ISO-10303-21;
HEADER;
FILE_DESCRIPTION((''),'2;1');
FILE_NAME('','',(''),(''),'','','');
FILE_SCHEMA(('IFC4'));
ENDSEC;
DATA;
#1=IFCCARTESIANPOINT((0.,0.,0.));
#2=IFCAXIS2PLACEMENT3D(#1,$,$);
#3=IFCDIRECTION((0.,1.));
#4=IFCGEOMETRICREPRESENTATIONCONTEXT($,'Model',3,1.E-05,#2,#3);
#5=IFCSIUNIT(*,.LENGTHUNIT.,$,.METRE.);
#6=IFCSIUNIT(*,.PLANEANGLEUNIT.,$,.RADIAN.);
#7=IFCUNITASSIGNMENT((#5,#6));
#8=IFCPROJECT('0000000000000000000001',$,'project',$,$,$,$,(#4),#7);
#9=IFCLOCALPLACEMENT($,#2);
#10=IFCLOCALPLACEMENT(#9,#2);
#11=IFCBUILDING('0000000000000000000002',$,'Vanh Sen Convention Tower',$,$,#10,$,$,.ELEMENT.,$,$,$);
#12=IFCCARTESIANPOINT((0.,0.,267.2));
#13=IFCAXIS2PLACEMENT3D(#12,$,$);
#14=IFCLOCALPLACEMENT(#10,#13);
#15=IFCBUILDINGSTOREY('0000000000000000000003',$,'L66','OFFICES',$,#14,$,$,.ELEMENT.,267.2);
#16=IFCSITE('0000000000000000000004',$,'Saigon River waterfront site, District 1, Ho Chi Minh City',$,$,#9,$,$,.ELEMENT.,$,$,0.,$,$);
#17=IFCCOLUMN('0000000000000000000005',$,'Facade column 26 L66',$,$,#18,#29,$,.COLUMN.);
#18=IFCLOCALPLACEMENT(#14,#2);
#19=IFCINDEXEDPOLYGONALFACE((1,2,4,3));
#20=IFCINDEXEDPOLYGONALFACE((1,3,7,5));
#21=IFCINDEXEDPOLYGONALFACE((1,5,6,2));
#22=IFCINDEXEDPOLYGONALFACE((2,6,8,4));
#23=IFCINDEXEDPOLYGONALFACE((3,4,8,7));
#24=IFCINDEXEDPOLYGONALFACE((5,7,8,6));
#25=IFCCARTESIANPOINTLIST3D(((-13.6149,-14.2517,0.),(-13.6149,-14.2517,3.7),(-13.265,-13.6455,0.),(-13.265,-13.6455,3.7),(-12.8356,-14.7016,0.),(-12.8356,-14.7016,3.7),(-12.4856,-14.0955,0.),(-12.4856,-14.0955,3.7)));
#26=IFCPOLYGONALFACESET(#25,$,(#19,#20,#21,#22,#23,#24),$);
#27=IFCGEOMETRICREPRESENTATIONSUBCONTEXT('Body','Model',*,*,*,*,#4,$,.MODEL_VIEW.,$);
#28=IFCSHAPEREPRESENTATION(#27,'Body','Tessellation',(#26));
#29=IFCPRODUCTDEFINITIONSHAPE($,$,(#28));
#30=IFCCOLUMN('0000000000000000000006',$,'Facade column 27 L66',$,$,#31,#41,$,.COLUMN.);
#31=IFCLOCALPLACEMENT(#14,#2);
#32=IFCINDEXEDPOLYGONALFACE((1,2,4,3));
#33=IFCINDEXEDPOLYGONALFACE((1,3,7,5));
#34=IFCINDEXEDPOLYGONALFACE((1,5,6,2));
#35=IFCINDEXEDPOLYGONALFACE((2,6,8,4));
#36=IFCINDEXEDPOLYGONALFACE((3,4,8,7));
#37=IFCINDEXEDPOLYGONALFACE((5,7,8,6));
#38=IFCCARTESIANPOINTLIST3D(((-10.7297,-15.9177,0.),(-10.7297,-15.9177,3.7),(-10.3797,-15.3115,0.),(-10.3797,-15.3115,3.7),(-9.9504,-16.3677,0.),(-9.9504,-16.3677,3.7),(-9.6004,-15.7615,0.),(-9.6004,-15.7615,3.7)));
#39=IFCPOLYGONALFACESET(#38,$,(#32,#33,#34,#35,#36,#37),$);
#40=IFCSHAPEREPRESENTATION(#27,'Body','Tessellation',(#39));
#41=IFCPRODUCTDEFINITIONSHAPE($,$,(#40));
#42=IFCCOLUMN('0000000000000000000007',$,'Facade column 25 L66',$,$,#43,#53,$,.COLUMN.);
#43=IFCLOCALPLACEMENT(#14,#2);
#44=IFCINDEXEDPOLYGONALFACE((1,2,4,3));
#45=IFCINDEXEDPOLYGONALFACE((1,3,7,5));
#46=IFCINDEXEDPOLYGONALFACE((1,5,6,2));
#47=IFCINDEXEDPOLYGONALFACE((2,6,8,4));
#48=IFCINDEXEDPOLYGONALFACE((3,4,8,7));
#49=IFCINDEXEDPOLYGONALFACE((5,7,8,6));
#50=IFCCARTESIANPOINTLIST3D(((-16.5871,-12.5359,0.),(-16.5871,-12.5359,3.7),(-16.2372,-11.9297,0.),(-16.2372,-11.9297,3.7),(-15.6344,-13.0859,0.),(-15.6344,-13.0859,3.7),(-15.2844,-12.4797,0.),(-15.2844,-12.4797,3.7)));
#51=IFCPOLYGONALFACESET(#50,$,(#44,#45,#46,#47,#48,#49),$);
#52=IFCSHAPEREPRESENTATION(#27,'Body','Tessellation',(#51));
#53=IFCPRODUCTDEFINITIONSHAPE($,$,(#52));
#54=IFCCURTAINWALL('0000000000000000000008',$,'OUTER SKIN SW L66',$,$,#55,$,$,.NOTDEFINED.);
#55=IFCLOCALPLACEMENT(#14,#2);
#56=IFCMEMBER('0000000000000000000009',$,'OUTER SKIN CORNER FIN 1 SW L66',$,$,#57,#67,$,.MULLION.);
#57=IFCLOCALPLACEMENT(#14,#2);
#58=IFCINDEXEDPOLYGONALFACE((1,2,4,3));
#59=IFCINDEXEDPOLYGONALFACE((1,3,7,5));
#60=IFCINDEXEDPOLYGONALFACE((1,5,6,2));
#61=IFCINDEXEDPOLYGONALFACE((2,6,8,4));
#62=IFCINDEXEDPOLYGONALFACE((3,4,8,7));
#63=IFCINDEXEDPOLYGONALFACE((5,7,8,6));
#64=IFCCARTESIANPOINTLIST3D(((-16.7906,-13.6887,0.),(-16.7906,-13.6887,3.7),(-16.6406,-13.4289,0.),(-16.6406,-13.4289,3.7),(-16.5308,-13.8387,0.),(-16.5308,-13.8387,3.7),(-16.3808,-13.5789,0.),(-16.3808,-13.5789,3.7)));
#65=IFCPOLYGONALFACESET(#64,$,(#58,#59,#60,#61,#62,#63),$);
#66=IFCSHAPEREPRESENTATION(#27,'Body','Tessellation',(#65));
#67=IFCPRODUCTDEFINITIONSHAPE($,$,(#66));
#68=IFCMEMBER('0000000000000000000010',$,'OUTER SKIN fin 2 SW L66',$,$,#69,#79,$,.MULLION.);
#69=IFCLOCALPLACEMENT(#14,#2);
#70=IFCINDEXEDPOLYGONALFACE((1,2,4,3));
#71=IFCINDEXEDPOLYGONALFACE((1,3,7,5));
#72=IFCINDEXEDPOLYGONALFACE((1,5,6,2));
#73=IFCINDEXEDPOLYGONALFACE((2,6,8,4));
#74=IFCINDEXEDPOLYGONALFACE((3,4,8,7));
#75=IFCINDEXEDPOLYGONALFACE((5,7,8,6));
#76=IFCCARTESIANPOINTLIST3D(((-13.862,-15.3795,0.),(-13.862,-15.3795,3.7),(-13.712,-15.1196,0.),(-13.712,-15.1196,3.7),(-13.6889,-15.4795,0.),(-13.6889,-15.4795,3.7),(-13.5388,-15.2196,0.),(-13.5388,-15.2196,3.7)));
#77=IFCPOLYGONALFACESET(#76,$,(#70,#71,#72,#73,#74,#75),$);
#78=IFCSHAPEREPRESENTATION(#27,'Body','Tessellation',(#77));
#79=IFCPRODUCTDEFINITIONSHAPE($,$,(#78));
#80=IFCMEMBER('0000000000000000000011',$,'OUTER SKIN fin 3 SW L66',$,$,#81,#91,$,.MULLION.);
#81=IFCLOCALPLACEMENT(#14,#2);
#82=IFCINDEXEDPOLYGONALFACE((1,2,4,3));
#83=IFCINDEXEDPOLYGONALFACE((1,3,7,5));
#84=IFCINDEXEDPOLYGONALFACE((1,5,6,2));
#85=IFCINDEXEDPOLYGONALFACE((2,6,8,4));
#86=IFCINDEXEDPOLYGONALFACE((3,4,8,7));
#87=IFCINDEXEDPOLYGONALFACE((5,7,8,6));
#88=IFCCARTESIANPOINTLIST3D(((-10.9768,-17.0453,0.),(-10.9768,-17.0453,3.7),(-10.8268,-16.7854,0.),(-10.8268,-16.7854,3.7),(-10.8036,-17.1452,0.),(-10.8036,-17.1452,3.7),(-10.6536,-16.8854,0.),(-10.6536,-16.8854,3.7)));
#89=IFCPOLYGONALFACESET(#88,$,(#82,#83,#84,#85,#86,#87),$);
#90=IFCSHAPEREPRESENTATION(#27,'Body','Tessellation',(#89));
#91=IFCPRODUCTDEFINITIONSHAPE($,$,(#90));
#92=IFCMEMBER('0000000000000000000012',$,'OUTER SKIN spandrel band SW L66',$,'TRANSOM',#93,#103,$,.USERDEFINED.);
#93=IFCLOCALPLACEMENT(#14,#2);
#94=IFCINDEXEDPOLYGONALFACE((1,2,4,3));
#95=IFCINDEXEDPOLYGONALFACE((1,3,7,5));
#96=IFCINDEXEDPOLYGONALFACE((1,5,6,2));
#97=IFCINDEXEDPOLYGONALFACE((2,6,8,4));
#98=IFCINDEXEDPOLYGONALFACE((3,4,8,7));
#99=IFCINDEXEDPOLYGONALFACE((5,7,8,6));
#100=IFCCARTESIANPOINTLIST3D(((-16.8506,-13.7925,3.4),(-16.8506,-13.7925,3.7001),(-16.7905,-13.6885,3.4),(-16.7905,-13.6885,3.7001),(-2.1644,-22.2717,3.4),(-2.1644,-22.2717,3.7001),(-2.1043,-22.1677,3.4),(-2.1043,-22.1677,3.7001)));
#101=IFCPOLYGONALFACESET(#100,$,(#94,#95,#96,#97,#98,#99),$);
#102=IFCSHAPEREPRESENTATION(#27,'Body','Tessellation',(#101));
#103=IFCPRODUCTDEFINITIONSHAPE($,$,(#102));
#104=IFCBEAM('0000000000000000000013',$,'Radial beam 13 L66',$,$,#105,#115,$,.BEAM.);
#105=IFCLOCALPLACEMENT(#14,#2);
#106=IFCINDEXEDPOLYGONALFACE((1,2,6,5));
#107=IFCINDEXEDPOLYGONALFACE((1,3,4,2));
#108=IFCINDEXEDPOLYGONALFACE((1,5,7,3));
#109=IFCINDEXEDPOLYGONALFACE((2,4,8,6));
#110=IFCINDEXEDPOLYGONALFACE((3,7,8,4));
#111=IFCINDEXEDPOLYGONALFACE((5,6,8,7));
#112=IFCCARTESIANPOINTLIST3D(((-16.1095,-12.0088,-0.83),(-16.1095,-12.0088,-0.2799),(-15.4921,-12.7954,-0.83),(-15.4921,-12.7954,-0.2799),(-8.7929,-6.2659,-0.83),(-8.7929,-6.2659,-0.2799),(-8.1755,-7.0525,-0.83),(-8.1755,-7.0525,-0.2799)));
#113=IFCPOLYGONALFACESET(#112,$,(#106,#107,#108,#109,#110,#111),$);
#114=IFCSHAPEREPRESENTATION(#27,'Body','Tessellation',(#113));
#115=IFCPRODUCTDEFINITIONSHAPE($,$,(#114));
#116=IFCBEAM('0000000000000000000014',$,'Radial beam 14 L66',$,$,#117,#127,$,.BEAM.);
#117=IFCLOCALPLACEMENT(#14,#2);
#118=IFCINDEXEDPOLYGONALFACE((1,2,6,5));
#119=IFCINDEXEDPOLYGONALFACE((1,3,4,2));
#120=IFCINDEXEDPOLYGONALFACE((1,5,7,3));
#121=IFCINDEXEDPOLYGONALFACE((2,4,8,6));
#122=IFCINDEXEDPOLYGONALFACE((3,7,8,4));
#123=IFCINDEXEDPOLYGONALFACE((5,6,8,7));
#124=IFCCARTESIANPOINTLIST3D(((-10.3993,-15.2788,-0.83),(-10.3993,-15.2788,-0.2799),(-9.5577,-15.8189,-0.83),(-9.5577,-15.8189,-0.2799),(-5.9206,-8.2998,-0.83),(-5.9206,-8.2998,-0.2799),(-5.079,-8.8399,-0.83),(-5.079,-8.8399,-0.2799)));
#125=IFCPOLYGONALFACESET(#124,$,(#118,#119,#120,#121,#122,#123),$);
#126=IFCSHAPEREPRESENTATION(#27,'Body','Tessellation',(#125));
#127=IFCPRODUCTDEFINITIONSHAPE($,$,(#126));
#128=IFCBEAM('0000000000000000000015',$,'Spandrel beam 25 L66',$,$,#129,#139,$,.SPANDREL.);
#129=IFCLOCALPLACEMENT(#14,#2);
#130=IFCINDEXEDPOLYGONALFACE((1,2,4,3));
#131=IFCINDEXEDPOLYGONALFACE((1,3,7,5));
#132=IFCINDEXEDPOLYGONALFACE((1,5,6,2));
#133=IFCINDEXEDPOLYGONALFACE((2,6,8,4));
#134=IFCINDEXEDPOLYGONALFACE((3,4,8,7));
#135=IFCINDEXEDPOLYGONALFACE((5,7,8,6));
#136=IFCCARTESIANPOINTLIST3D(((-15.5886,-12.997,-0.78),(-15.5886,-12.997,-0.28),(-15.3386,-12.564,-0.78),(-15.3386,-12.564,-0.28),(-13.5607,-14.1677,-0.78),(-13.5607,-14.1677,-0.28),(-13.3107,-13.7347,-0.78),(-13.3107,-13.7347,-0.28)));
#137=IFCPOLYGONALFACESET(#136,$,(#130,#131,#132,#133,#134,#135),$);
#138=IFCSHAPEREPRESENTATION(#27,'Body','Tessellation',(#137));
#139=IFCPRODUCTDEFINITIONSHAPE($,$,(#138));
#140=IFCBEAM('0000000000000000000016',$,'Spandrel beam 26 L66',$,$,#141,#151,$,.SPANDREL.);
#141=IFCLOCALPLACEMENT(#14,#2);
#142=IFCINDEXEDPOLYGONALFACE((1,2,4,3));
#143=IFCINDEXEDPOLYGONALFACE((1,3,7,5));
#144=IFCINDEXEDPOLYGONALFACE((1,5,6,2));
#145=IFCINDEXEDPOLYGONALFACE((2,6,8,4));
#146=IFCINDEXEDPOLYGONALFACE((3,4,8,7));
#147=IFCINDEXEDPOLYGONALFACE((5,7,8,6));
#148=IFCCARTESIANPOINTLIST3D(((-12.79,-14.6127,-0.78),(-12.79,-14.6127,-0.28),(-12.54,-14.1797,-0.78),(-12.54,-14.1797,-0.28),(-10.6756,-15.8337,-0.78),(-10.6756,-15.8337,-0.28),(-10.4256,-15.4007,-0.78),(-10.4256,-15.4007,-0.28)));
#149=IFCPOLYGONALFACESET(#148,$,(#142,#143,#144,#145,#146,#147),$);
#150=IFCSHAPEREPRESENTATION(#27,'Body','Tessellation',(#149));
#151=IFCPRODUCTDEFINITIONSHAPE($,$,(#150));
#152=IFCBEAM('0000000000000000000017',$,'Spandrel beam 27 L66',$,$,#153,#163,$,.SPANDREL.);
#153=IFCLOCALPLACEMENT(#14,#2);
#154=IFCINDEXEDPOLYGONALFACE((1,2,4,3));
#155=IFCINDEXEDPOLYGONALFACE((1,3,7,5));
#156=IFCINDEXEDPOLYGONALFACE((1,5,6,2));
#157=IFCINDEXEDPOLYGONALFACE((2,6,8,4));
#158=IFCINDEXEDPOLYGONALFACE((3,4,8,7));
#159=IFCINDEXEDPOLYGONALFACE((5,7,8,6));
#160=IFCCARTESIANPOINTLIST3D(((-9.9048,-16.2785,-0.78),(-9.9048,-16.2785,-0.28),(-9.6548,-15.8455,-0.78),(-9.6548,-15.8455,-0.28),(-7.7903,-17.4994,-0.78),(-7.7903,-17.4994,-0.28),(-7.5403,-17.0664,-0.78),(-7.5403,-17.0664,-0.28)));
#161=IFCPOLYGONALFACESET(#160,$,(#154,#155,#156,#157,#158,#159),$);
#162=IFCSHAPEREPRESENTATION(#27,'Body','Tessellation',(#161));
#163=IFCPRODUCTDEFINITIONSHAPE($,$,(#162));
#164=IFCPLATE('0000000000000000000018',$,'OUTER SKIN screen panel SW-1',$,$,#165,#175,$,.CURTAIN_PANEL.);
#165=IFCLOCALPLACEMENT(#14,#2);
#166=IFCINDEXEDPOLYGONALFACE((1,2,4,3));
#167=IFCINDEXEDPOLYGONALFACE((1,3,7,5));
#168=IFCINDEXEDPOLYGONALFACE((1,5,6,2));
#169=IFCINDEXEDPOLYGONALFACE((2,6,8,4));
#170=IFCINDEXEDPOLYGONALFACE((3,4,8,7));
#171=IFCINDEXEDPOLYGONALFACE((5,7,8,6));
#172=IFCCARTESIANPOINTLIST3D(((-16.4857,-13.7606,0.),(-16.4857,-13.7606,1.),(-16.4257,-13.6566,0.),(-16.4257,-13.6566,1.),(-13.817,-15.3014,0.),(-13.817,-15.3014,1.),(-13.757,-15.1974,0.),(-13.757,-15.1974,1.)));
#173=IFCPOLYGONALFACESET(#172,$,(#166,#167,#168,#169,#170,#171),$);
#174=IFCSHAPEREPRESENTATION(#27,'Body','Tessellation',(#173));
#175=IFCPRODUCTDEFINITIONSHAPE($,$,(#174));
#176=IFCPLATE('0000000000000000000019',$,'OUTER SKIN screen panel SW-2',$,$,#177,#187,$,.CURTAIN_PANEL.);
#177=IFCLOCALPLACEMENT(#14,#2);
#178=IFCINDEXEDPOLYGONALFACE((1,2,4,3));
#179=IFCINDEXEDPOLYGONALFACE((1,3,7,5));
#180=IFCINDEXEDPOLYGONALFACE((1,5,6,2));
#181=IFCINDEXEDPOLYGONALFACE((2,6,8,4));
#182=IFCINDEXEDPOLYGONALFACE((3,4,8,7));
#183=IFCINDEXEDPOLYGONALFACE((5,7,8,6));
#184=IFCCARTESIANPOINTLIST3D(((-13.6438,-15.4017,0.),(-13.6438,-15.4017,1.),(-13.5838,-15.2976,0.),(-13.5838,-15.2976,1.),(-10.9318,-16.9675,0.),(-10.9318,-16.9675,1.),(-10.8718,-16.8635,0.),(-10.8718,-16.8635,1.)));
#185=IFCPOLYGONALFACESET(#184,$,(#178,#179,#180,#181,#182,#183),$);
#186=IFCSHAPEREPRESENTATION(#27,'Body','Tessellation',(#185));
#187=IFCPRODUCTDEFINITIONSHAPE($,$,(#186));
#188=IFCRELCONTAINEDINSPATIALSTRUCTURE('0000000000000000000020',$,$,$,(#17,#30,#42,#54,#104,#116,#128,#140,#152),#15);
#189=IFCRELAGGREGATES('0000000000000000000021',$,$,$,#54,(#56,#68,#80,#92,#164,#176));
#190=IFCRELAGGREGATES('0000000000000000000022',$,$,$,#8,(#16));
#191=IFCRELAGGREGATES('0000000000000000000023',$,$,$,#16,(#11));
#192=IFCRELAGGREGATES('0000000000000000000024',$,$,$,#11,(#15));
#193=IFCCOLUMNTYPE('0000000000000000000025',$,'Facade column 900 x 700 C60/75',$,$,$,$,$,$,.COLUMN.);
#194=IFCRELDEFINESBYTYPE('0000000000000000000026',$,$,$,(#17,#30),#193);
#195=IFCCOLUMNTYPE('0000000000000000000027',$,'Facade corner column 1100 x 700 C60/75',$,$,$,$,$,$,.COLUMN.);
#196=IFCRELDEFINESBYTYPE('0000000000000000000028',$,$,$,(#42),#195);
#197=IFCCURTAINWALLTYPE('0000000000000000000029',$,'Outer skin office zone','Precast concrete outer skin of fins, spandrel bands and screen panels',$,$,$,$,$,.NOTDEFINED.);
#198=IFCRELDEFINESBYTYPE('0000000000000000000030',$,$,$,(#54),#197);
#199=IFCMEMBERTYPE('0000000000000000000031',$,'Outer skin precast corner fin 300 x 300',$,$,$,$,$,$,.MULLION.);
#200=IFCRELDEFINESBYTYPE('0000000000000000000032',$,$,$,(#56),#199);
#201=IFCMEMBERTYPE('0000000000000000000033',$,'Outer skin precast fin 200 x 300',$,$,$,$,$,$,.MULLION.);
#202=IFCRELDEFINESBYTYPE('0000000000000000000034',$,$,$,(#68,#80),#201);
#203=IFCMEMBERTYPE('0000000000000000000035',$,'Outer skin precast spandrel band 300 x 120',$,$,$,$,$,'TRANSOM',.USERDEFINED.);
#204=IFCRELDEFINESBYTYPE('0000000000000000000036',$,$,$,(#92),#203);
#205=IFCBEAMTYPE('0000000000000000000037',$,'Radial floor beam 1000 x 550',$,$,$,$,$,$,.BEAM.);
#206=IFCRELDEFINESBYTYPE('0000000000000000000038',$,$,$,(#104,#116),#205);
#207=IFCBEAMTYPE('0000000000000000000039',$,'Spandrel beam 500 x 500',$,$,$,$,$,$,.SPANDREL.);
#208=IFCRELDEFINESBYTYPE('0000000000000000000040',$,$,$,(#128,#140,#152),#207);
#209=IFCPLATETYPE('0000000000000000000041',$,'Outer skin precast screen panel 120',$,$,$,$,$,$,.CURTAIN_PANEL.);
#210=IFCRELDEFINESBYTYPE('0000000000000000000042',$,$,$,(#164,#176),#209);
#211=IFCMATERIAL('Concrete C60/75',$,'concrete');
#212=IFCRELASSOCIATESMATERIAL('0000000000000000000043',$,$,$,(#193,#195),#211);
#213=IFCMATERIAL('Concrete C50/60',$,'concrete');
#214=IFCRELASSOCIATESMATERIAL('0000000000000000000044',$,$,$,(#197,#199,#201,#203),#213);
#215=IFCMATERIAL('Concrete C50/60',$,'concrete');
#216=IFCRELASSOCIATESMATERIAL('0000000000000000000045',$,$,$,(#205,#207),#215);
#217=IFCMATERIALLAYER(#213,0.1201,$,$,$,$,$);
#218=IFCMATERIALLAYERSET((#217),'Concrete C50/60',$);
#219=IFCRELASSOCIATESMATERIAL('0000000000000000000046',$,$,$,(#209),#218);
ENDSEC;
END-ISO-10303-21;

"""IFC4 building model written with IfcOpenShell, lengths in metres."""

from ifc_helpers import new_model, si_unit, direction, frame, origin, origin_2d, place, context, subcontext, project, spatial, rectangle, extrude, material, layer, layer_set, material_profile, profile_set, type_object, element, aggregate, save


model = new_model("IFC4")

# Units and contexts
model_context = context("Model", 3, precision=1e-05, world=origin(), true_north=direction((0.0, 1.0)))
body_context = subcontext(model_context, "Body", "Model", "MODEL_VIEW")
ifc_project = project(units=[si_unit("LENGTHUNIT", "METRE"), si_unit("PLANEANGLEUNIT", "RADIAN")], contexts=[model_context])

# Site, building, storey
site_placement = place(None, origin())
site = spatial("IfcSite", under=ifc_project, at=site_placement, Name="Saigon River waterfront site, District 1, Ho Chi Minh City", CompositionType="ELEMENT", RefElevation=0.0)
building_placement = place(site_placement, origin())
building = spatial("IfcBuilding", under=site, at=building_placement, Name="Vanh Sen Convention Tower", CompositionType="ELEMENT")
storey_placement = place(building_placement, frame((0.0, 0.0, 267.2)))
storey = spatial("IfcBuildingStorey", under=building, at=storey_placement, Name="L66", Description="OFFICES", CompositionType="ELEMENT", Elevation=267.2)

# Columns
ifc_material_1 = material(Name="Concrete C60/75", Category="concrete")
ifc_material_profile_1 = material_profile(ifc_material_1, rectangle(XDim=0.8999, YDim=0.7, at=origin_2d()), Name="RC 900X700")
ifc_profile_set_1 = profile_set([ifc_material_profile_1], Name="Concrete C60/75")
column_type_1 = type_object("IfcColumnType", Name="Facade column 900 x 700 C60/75", PredefinedType="COLUMN", material=ifc_profile_set_1)
for number, where, z_axis, x_axis, name in (
    (1, (-13.0503, -14.1736, 0.0), (0.0, 0.0, 1.0), (0.866025, -0.5, 0.0), "Facade column 26 L66"),
    (2, (-10.165, -15.8396, 0.0), (0.0, 0.0, 1.0), (0.866025, -0.5, 0.0), "Facade column 27 L66"),
):
    element("IfcColumn", number, at=place(storey_placement, frame(where, z_axis=z_axis, x_axis=x_axis)), inside=storey, type_object=column_type_1, Name=name, PredefinedType="COLUMN", context=body_context, shape_type="SweptSolid", body=[
        extrude(rectangle(XDim=0.8999, YDim=0.7, at=origin_2d()), origin(), (0.0, 0.0, 1.0), 3.7),
    ])
ifc_material_profile_2 = material_profile(ifc_material_1, rectangle(XDim=1.1001, YDim=0.7, at=origin_2d()), Name="RC 1100X700")
ifc_profile_set_2 = profile_set([ifc_material_profile_2], Name="Concrete C60/75")
column_type_2 = type_object("IfcColumnType", Name="Facade corner column 1100 x 700 C60/75", PredefinedType="COLUMN", material=ifc_profile_set_2)
column_placement = place(storey_placement, frame((-15.9358, -12.5078, 0.0), z_axis=(0.0, 0.0, 1.0), x_axis=(0.866025, -0.5, 0.0)))
element("IfcColumn", 3, at=column_placement, inside=storey, type_object=column_type_2, Name="Facade column 25 L66", PredefinedType="COLUMN", context=body_context, shape_type="SweptSolid", body=[
    extrude(rectangle(XDim=1.1001, YDim=0.7, at=origin_2d()), origin(), (0.0, 0.0, 1.0), 3.7),
])

# Curtain wall, members
ifc_material_2 = material(Name="Concrete C50/60", Category="concrete")
curtain_wall_type = type_object("IfcCurtainWallType", Name="Outer skin office zone", Description="Precast concrete outer skin of fins, spandrel bands and screen panels", PredefinedType="NOTDEFINED", material=ifc_material_2)
curtain_wall_placement = place(storey_placement, origin())
curtain_wall = element("IfcCurtainWall", 4, at=curtain_wall_placement, inside=storey, type_object=curtain_wall_type, Name="OUTER SKIN SW L66", PredefinedType="NOTDEFINED")
ifc_material_profile_3 = material_profile(ifc_material_2, rectangle(XDim=0.3, YDim=0.3, at=origin_2d()), Name="Outer skin precast corner fin 300 x 300")
ifc_profile_set_3 = profile_set([ifc_material_profile_3], Name="Concrete C50/60")
member_type_1 = type_object("IfcMemberType", Name="Outer skin precast corner fin 300 x 300", PredefinedType="MULLION", material=ifc_profile_set_3)
member_1_placement = place(storey_placement, frame((-16.5857, -13.6338, 0.0), z_axis=(0.0, 0.0, 1.0), x_axis=(0.866025, -0.5, 0.0)))
member_1 = element("IfcMember", 5, at=member_1_placement, type_object=member_type_1, Name="OUTER SKIN CORNER FIN 1 SW L66", PredefinedType="MULLION", context=body_context, shape_type="SweptSolid", body=[
    extrude(rectangle(XDim=0.3, YDim=0.3, at=origin_2d()), origin(), (0.0, 0.0, 1.0), 3.7),
])
ifc_material_profile_4 = material_profile(ifc_material_2, rectangle(XDim=0.2, YDim=0.3, at=origin_2d()), Name="Outer skin precast fin 200 x 300")
ifc_profile_set_4 = profile_set([ifc_material_profile_4], Name="Concrete C50/60")
member_type_2 = type_object("IfcMemberType", Name="Outer skin precast fin 200 x 300", PredefinedType="MULLION", material=ifc_profile_set_4)
member_2_placement = place(storey_placement, frame((-13.7004, -15.2996, 0.0), z_axis=(0.0, 0.0, 1.0), x_axis=(0.866025, -0.5, 0.0)))
member_2 = element("IfcMember", 6, at=member_2_placement, type_object=member_type_2, Name="OUTER SKIN fin 2 SW L66", PredefinedType="MULLION", context=body_context, shape_type="SweptSolid", body=[
    extrude(rectangle(XDim=0.2, YDim=0.3, at=origin_2d()), origin(), (0.0, 0.0, 1.0), 3.7),
])
member_3_placement = place(storey_placement, frame((-10.8152, -16.9653, 0.0), z_axis=(0.0, 0.0, 1.0), x_axis=(0.866025, -0.5, 0.0)))
member_3 = element("IfcMember", 7, at=member_3_placement, type_object=member_type_2, Name="OUTER SKIN fin 3 SW L66", PredefinedType="MULLION", context=body_context, shape_type="SweptSolid", body=[
    extrude(rectangle(XDim=0.2, YDim=0.3, at=origin_2d()), origin(), (0.0, 0.0, 1.0), 3.7),
])
ifc_material_profile_5 = material_profile(ifc_material_2, rectangle(XDim=0.1201, YDim=0.3, at=origin_2d()), Name="Outer skin precast spandrel band 300 x 120")
ifc_profile_set_5 = profile_set([ifc_material_profile_5], Name="Concrete C50/60")
member_type_3 = type_object("IfcMemberType", Name="Outer skin precast spandrel band 300 x 120", ElementType="TRANSOM", PredefinedType="USERDEFINED", material=ifc_profile_set_5)
member_4_placement = place(storey_placement, frame((-16.8206, -13.7405, 3.55), z_axis=(0.866022, -0.500005, 0.0), x_axis=(0.500005, 0.866022, 0.0)))
member_4 = element("IfcMember", 8, at=member_4_placement, type_object=member_type_3, Name="OUTER SKIN spandrel band SW L66", ObjectType="TRANSOM", PredefinedType="USERDEFINED", context=body_context, shape_type="SweptSolid", body=[
    extrude(rectangle(XDim=0.1201, YDim=0.3, at=origin_2d()), origin(), (0.0, 0.0, 1.0), 16.9583),
])

# Beams
ifc_material_3 = material(Name="Concrete C50/60", Category="concrete")
ifc_material_profile_6 = material_profile(ifc_material_3, rectangle(XDim=1.0, YDim=0.55, at=origin_2d()), Name="RC 1000X550")
ifc_profile_set_6 = profile_set([ifc_material_profile_6], Name="Concrete C50/60")
beam_type_1 = type_object("IfcBeamType", Name="Radial floor beam 1000 x 550", PredefinedType="BEAM", material=ifc_profile_set_6)
beam_1_placement = place(storey_placement, frame((-15.8008, -12.4021, -0.5549), z_axis=(0.786625, 0.617431, 0.0), x_axis=(-0.617431, 0.786625, 0.0)))
element("IfcBeam", 9, at=beam_1_placement, inside=storey, type_object=beam_type_1, Name="Radial beam 13 L66", PredefinedType="BEAM", context=body_context, shape_type="SweptSolid", body=[
    extrude(rectangle(XDim=1.0, YDim=0.55, at=origin_2d()), origin(), (0.0, 0.0, 1.0), 9.3013),
])
beam_2_placement = place(storey_placement, frame((-9.9785, -15.5488, -0.5549), z_axis=(0.540097, 0.841603, 0.0), x_axis=(-0.841603, 0.540097, 0.0)))
element("IfcBeam", 10, at=beam_2_placement, inside=storey, type_object=beam_type_1, Name="Radial beam 14 L66", PredefinedType="BEAM", context=body_context, shape_type="SweptSolid", body=[
    extrude(rectangle(XDim=1.0, YDim=0.55, at=origin_2d()), origin(), (0.0, 0.0, 1.0), 8.2925),
])
ifc_material_profile_7 = material_profile(ifc_material_3, rectangle(XDim=0.5, YDim=0.5, at=origin_2d()), Name="RC 500X500")
ifc_profile_set_7 = profile_set([ifc_material_profile_7], Name="Concrete C50/60")
beam_type_2 = type_object("IfcBeamType", Name="Spandrel beam 500 x 500", PredefinedType="SPANDREL", material=ifc_profile_set_7)
beam_3_placement = place(storey_placement, frame((-15.4636, -12.7805, -0.53), z_axis=(0.866047, -0.499963, 0.0), x_axis=(0.499963, 0.866047, 0.0)))
element("IfcBeam", 11, at=beam_3_placement, inside=storey, type_object=beam_type_2, Name="Spandrel beam 25 L66", PredefinedType="SPANDREL", context=body_context, shape_type="SweptSolid", body=[
    extrude(rectangle(XDim=0.5, YDim=0.5, at=origin_2d()), origin(), (0.0, 0.0, 1.0), 2.3416),
])
for number, where, z_axis, x_axis, name in (
    (12, (-12.665, -14.3962, -0.53), (0.866001, -0.500043, 0.0), (0.500043, 0.866001, 0.0), "Spandrel beam 26 L66"),
    (13, (-9.7798, -16.062, -0.53), (0.866001, -0.500043, 0.0), (0.500043, 0.866001, 0.0), "Spandrel beam 27 L66"),
):
    element("IfcBeam", number, at=place(storey_placement, frame(where, z_axis=z_axis, x_axis=x_axis)), inside=storey, type_object=beam_type_2, Name=name, PredefinedType="SPANDREL", context=body_context, shape_type="SweptSolid", body=[
        extrude(rectangle(XDim=0.5, YDim=0.5, at=origin_2d()), origin(), (0.0, 0.0, 1.0), 2.4417),
    ])

# Plates
ifc_layer_1 = layer(ifc_material_2, 0.1201)
ifc_layer_set_1 = layer_set([ifc_layer_1], Name="Concrete C50/60")
plate_type = type_object("IfcPlateType", Name="Outer skin precast screen panel 120", PredefinedType="CURTAIN_PANEL", material=ifc_layer_set_1)
plate_1_placement = place(storey_placement, frame((-15.1213, -14.479, 0.0), z_axis=(0.0, 0.0, 1.0), x_axis=(0.866029, -0.499994, 0.0)))
plate_1 = element("IfcPlate", 14, at=plate_1_placement, type_object=plate_type, Name="OUTER SKIN screen panel SW-1", PredefinedType="CURTAIN_PANEL", context=body_context, shape_type="SweptSolid", body=[
    extrude(rectangle(XDim=3.0815, YDim=0.1201, at=origin_2d()), origin(), (0.0, 0.0, 1.0), 1.0),
])
plate_2_placement = place(storey_placement, frame((-12.2578, -16.1326, 0.0), z_axis=(0.0, 0.0, 1.0), x_axis=(0.866016, -0.500017, 0.0)))
plate_2 = element("IfcPlate", 15, at=plate_2_placement, type_object=plate_type, Name="OUTER SKIN screen panel SW-2", PredefinedType="CURTAIN_PANEL", context=body_context, shape_type="SweptSolid", body=[
    extrude(rectangle(XDim=3.1316, YDim=0.1201, at=origin_2d()), origin(), (0.0, 0.0, 1.0), 1.0),
])
aggregate(curtain_wall, [member_1, member_2, member_3, member_4, plate_1, plate_2])

save(model, "model.ifc")
